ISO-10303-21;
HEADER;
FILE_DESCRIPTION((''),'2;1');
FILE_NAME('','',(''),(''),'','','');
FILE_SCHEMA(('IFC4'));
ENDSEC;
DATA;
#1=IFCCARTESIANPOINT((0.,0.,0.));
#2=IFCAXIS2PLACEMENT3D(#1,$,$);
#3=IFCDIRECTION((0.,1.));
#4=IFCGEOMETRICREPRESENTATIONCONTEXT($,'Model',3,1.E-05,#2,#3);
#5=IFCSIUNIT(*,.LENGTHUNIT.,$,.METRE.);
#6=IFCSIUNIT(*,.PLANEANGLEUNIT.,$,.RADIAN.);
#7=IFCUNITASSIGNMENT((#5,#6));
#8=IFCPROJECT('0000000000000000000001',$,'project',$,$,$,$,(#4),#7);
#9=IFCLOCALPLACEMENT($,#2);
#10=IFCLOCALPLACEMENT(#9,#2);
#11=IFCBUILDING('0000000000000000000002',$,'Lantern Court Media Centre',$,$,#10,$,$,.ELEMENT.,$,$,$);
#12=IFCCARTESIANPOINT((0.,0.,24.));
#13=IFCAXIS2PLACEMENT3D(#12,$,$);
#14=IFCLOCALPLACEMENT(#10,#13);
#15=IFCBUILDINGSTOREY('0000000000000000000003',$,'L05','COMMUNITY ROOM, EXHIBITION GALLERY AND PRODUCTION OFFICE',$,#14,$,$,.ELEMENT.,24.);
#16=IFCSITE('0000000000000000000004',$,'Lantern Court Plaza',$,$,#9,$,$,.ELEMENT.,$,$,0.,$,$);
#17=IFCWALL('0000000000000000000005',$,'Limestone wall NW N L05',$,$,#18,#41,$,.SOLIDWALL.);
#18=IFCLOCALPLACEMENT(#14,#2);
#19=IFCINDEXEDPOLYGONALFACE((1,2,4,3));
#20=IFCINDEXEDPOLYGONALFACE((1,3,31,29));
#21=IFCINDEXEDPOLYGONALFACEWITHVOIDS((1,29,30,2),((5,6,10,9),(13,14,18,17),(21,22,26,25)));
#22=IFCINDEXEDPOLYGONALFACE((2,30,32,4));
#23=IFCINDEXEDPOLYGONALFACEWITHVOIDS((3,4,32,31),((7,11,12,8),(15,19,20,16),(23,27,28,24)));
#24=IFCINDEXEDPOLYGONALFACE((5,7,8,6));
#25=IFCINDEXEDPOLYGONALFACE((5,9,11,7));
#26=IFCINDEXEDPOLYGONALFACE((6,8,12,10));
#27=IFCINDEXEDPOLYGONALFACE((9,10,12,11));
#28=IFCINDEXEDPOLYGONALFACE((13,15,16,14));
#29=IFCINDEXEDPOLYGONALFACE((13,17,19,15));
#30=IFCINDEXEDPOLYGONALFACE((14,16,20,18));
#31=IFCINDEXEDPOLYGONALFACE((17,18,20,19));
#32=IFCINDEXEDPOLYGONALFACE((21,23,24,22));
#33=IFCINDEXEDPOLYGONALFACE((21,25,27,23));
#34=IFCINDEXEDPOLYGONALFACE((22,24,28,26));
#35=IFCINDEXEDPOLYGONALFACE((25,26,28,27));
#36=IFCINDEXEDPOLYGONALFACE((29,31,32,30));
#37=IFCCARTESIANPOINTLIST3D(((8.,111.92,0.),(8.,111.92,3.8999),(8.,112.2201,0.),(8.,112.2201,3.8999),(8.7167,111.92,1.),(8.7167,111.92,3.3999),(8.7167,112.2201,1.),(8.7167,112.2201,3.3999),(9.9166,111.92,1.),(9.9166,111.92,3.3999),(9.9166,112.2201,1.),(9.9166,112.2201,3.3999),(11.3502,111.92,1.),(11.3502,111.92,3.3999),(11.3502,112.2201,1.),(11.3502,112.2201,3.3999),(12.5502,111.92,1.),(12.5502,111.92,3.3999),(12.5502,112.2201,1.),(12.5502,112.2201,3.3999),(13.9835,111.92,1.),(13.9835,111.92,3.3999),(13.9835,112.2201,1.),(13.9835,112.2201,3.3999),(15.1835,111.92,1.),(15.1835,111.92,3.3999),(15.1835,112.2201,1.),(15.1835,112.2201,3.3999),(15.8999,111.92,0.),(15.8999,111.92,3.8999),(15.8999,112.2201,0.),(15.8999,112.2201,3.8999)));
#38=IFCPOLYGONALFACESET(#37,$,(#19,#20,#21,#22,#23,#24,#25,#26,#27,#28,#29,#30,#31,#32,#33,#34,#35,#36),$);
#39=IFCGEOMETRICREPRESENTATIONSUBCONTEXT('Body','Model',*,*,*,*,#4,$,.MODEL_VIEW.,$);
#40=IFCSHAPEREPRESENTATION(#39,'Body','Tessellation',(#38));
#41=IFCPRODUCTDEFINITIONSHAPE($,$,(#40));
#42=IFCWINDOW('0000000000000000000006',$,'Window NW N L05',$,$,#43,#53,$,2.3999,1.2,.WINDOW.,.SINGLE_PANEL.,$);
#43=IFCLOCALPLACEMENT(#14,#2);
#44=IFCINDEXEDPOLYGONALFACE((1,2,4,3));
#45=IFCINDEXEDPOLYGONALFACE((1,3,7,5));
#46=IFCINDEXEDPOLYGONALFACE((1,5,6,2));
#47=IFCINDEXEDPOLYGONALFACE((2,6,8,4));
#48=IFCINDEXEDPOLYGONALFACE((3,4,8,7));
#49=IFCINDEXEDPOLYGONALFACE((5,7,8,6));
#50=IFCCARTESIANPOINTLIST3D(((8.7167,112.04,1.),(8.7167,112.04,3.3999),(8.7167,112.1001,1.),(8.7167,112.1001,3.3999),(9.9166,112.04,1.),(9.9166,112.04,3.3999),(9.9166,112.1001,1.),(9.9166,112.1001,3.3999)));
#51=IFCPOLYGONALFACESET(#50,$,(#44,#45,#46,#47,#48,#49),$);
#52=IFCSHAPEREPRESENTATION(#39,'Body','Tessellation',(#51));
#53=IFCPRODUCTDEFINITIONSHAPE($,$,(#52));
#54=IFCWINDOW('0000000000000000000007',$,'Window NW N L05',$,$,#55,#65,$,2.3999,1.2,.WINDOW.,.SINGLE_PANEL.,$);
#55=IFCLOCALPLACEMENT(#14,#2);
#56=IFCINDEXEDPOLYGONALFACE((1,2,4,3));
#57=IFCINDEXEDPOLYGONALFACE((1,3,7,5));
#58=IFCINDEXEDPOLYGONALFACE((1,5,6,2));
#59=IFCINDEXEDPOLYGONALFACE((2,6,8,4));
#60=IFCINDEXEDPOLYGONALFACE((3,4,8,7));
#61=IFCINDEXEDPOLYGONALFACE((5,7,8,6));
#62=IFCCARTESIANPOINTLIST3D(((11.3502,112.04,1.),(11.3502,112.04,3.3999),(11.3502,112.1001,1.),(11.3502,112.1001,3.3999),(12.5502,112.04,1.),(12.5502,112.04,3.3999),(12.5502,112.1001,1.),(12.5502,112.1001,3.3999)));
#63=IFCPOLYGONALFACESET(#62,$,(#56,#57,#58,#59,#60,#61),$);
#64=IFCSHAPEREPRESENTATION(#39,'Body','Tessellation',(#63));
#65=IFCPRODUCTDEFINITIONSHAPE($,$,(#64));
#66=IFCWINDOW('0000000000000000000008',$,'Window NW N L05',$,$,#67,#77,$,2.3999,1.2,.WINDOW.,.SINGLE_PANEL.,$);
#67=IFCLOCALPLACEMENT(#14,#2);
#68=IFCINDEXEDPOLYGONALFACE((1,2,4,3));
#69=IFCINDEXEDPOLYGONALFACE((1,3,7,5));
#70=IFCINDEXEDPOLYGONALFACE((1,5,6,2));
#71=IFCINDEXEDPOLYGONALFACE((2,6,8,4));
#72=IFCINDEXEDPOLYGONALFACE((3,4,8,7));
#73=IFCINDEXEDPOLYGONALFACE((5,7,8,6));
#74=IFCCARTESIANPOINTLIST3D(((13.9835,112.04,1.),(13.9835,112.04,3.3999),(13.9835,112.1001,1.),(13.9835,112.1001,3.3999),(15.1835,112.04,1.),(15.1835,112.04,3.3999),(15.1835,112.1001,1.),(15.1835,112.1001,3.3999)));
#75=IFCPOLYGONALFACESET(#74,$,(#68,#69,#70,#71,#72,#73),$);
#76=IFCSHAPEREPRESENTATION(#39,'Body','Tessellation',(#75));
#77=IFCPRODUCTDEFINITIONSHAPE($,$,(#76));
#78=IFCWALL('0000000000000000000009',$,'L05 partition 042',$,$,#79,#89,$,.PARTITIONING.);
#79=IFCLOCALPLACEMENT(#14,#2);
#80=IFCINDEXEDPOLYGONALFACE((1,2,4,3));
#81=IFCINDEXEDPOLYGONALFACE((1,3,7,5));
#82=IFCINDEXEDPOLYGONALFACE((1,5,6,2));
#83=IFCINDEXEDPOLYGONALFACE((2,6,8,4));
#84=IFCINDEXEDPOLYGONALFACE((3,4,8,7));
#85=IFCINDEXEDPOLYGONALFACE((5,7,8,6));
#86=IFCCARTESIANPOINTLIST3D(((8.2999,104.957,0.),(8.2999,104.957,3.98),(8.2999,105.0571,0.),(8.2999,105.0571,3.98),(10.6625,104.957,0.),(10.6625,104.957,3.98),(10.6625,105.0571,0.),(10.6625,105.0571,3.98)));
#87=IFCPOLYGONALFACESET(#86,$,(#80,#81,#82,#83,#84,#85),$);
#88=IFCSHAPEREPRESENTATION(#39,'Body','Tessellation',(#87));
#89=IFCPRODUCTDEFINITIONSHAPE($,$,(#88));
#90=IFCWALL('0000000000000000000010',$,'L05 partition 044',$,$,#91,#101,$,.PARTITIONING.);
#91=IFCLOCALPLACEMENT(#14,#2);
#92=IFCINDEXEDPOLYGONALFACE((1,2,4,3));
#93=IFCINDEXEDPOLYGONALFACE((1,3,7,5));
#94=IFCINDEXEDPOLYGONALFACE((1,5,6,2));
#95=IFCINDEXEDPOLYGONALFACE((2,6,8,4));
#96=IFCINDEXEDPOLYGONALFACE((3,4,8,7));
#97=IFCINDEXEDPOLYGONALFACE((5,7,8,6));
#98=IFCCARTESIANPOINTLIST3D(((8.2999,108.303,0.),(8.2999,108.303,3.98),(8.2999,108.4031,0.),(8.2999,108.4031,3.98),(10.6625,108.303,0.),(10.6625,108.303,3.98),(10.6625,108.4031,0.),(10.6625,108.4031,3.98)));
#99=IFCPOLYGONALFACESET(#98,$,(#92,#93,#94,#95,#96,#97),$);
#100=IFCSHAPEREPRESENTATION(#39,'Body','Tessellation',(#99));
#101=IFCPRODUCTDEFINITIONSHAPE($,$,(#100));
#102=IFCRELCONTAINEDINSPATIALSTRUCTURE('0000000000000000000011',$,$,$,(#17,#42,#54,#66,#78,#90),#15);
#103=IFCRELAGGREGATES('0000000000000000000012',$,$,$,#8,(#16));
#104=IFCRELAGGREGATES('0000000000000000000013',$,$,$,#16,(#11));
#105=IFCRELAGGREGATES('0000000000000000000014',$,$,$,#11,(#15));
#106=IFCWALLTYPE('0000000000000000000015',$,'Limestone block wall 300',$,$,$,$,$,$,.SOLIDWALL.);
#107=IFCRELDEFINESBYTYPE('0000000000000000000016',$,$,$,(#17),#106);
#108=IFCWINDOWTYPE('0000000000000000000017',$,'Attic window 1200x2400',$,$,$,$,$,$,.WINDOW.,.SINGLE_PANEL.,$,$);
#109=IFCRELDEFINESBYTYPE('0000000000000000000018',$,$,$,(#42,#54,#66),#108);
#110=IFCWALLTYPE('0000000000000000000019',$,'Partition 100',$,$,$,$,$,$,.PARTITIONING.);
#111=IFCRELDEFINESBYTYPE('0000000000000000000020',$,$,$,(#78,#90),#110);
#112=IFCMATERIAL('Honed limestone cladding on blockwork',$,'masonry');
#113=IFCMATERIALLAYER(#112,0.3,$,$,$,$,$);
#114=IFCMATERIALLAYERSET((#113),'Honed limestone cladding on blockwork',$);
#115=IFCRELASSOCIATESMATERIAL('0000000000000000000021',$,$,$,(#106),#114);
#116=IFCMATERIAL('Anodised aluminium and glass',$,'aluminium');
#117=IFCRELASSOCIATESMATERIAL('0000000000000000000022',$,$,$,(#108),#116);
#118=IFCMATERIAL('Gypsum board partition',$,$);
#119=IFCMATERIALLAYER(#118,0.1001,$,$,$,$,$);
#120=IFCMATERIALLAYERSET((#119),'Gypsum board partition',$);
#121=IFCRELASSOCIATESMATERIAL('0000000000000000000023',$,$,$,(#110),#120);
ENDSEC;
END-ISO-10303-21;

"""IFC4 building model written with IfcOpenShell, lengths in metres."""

from ifc_helpers import new_model, si_unit, direction, frame, frame_2d, origin, place, context, subcontext, project, spatial, rectangle, extrude, material, layer, layer_set, type_object, element, fill, save


model = new_model("IFC4")

# Units and contexts
model_context = context("Model", 3, precision=1e-05, world=origin(), true_north=direction((0.0, 1.0)))
body_context = subcontext(model_context, "Body", "Model", "MODEL_VIEW")
ifc_project = project(units=[si_unit("LENGTHUNIT", "METRE"), si_unit("PLANEANGLEUNIT", "RADIAN")], contexts=[model_context])

# Site, building, storey
site_placement = place(None, origin())
site = spatial("IfcSite", under=ifc_project, at=site_placement, Name="Lantern Court Plaza", CompositionType="ELEMENT", RefElevation=0.0)
building_placement = place(site_placement, origin())
building = spatial("IfcBuilding", under=site, at=building_placement, Name="Lantern Court Media Centre", CompositionType="ELEMENT")
storey_placement = place(building_placement, frame((0.0, 0.0, 24.0)))
storey = spatial("IfcBuildingStorey", under=building, at=storey_placement, Name="L05", Description="COMMUNITY ROOM, EXHIBITION GALLERY AND PRODUCTION OFFICE", CompositionType="ELEMENT", Elevation=24.0)

# Shared definitions
ifc_material_1 = material(Name="Gypsum board partition")

# Wall, openings, windows
ifc_material_2 = material(Name="Honed limestone cladding on blockwork", Category="masonry")
ifc_layer_1 = layer(ifc_material_2, 0.3)
ifc_layer_set_1 = layer_set([ifc_layer_1], Name="Honed limestone cladding on blockwork")
wall_type_1 = type_object("IfcWallType", Name="Limestone block wall 300", PredefinedType="SOLIDWALL", material=ifc_layer_set_1)
wall_1_placement = place(storey_placement, frame((8.0, 112.0701, 0.0), z_axis=(0.0, 0.0, 1.0), x_axis=(1.0, 0.0, 0.0)))
wall_1 = element("IfcWall", 1, at=wall_1_placement, inside=storey, type_object=wall_type_1, Name="Limestone wall NW N L05", PredefinedType="SOLIDWALL", context=body_context, shape_type="SweptSolid", body=[
    extrude(rectangle(XDim=7.8999, YDim=0.3, at=frame_2d((3.95, 0.0))), origin(), (0.0, 0.0, 1.0), 3.8999),
])
opening_1_placement = place(wall_1_placement, frame((0.7166, 0.0, 1.0)))
opening_1 = element("IfcOpeningElement", 2, at=opening_1_placement, cuts=wall_1, PredefinedType="OPENING", context=body_context, shape_type="SweptSolid", body=[
    extrude(rectangle(XDim=1.2, YDim=2.3999, at=frame_2d((0.6001, 1.2))), frame((0.0, 0.1599, 0.0), z_axis=(0.0, -1.0, 0.0), x_axis=(1.0, 0.0, 0.0)), (0.0, 0.0, 1.0), 0.3201),
])
opening_2_placement = place(wall_1_placement, frame((3.3501, 0.0, 1.0)))
opening_2 = element("IfcOpeningElement", 3, at=opening_2_placement, cuts=wall_1, PredefinedType="OPENING", context=body_context, shape_type="SweptSolid", body=[
    extrude(rectangle(XDim=1.2, YDim=2.3999, at=frame_2d((0.6001, 1.2))), frame((0.0, 0.1599, 0.0), z_axis=(0.0, -1.0, 0.0), x_axis=(1.0, 0.0, 0.0)), (0.0, 0.0, 1.0), 0.3201),
])
opening_3_placement = place(wall_1_placement, frame((5.9834, 0.0, 1.0)))
opening_3 = element("IfcOpeningElement", 4, at=opening_3_placement, cuts=wall_1, PredefinedType="OPENING", context=body_context, shape_type="SweptSolid", body=[
    extrude(rectangle(XDim=1.2, YDim=2.3999, at=frame_2d((0.6001, 1.2))), frame((0.0, 0.1599, 0.0), z_axis=(0.0, -1.0, 0.0), x_axis=(1.0, 0.0, 0.0)), (0.0, 0.0, 1.0), 0.3201),
])
ifc_material_3 = material(Name="Anodised aluminium and glass", Category="aluminium")
window_type = type_object("IfcWindowType", Name="Attic window 1200x2400", PartitioningType="SINGLE_PANEL", PredefinedType="WINDOW", material=ifc_material_3)
window_1_placement = place(opening_1_placement, origin())
window_1 = element("IfcWindow", 5, at=window_1_placement, inside=storey, type_object=window_type, Name="Window NW N L05", OverallHeight=2.3999, OverallWidth=1.2, PartitioningType="SINGLE_PANEL", PredefinedType="WINDOW", context=body_context, shape_type="SweptSolid", body=[
    extrude(rectangle(XDim=1.2, YDim=2.3999, at=frame_2d((0.6001, 1.2))), frame((0.0, 0.03, 0.0), z_axis=(0.0, -1.0, 0.0), x_axis=(1.0, 0.0, 0.0)), (0.0, 0.0, 1.0), 0.0601),
])
fill(opening_1, window_1)
window_2_placement = place(opening_2_placement, origin())
window_2 = element("IfcWindow", 6, at=window_2_placement, inside=storey, type_object=window_type, Name="Window NW N L05", OverallHeight=2.3999, OverallWidth=1.2, PartitioningType="SINGLE_PANEL", PredefinedType="WINDOW", context=body_context, shape_type="SweptSolid", body=[
    extrude(rectangle(XDim=1.2, YDim=2.3999, at=frame_2d((0.6001, 1.2))), frame((0.0, 0.03, 0.0), z_axis=(0.0, -1.0, 0.0), x_axis=(1.0, 0.0, 0.0)), (0.0, 0.0, 1.0), 0.0601),
])
fill(opening_2, window_2)
window_3_placement = place(opening_3_placement, origin())
window_3 = element("IfcWindow", 7, at=window_3_placement, inside=storey, type_object=window_type, Name="Window NW N L05", OverallHeight=2.3999, OverallWidth=1.2, PartitioningType="SINGLE_PANEL", PredefinedType="WINDOW", context=body_context, shape_type="SweptSolid", body=[
    extrude(rectangle(XDim=1.2, YDim=2.3999, at=frame_2d((0.6001, 1.2))), frame((0.0, 0.03, 0.0), z_axis=(0.0, -1.0, 0.0), x_axis=(1.0, 0.0, 0.0)), (0.0, 0.0, 1.0), 0.0601),
])
fill(opening_3, window_3)

# Walls
ifc_layer_2 = layer(ifc_material_1, 0.1001)
ifc_layer_set_2 = layer_set([ifc_layer_2], Name="Gypsum board partition")
wall_type_2 = type_object("IfcWallType", Name="Partition 100", PredefinedType="PARTITIONING", material=ifc_layer_set_2)
for number, where, z_axis, x_axis, name in (
    (8, (8.3, 105.0071, 0.0), (0.0, 0.0, 1.0), (1.0, 0.0, 0.0), "L05 partition 042"),
    (9, (8.3, 108.353, 0.0), (0.0, 0.0, 1.0), (1.0, 0.0, 0.0), "L05 partition 044"),
):
    element("IfcWall", number, at=place(storey_placement, frame(where, z_axis=z_axis, x_axis=x_axis)), inside=storey, type_object=wall_type_2, Name=name, PredefinedType="PARTITIONING", context=body_context, shape_type="SweptSolid", body=[
        extrude(rectangle(XDim=2.3625, YDim=0.1001, at=frame_2d((1.1812, 0.0))), origin(), (0.0, 0.0, 1.0), 3.98),
    ])

save(model, "model.ifc")
